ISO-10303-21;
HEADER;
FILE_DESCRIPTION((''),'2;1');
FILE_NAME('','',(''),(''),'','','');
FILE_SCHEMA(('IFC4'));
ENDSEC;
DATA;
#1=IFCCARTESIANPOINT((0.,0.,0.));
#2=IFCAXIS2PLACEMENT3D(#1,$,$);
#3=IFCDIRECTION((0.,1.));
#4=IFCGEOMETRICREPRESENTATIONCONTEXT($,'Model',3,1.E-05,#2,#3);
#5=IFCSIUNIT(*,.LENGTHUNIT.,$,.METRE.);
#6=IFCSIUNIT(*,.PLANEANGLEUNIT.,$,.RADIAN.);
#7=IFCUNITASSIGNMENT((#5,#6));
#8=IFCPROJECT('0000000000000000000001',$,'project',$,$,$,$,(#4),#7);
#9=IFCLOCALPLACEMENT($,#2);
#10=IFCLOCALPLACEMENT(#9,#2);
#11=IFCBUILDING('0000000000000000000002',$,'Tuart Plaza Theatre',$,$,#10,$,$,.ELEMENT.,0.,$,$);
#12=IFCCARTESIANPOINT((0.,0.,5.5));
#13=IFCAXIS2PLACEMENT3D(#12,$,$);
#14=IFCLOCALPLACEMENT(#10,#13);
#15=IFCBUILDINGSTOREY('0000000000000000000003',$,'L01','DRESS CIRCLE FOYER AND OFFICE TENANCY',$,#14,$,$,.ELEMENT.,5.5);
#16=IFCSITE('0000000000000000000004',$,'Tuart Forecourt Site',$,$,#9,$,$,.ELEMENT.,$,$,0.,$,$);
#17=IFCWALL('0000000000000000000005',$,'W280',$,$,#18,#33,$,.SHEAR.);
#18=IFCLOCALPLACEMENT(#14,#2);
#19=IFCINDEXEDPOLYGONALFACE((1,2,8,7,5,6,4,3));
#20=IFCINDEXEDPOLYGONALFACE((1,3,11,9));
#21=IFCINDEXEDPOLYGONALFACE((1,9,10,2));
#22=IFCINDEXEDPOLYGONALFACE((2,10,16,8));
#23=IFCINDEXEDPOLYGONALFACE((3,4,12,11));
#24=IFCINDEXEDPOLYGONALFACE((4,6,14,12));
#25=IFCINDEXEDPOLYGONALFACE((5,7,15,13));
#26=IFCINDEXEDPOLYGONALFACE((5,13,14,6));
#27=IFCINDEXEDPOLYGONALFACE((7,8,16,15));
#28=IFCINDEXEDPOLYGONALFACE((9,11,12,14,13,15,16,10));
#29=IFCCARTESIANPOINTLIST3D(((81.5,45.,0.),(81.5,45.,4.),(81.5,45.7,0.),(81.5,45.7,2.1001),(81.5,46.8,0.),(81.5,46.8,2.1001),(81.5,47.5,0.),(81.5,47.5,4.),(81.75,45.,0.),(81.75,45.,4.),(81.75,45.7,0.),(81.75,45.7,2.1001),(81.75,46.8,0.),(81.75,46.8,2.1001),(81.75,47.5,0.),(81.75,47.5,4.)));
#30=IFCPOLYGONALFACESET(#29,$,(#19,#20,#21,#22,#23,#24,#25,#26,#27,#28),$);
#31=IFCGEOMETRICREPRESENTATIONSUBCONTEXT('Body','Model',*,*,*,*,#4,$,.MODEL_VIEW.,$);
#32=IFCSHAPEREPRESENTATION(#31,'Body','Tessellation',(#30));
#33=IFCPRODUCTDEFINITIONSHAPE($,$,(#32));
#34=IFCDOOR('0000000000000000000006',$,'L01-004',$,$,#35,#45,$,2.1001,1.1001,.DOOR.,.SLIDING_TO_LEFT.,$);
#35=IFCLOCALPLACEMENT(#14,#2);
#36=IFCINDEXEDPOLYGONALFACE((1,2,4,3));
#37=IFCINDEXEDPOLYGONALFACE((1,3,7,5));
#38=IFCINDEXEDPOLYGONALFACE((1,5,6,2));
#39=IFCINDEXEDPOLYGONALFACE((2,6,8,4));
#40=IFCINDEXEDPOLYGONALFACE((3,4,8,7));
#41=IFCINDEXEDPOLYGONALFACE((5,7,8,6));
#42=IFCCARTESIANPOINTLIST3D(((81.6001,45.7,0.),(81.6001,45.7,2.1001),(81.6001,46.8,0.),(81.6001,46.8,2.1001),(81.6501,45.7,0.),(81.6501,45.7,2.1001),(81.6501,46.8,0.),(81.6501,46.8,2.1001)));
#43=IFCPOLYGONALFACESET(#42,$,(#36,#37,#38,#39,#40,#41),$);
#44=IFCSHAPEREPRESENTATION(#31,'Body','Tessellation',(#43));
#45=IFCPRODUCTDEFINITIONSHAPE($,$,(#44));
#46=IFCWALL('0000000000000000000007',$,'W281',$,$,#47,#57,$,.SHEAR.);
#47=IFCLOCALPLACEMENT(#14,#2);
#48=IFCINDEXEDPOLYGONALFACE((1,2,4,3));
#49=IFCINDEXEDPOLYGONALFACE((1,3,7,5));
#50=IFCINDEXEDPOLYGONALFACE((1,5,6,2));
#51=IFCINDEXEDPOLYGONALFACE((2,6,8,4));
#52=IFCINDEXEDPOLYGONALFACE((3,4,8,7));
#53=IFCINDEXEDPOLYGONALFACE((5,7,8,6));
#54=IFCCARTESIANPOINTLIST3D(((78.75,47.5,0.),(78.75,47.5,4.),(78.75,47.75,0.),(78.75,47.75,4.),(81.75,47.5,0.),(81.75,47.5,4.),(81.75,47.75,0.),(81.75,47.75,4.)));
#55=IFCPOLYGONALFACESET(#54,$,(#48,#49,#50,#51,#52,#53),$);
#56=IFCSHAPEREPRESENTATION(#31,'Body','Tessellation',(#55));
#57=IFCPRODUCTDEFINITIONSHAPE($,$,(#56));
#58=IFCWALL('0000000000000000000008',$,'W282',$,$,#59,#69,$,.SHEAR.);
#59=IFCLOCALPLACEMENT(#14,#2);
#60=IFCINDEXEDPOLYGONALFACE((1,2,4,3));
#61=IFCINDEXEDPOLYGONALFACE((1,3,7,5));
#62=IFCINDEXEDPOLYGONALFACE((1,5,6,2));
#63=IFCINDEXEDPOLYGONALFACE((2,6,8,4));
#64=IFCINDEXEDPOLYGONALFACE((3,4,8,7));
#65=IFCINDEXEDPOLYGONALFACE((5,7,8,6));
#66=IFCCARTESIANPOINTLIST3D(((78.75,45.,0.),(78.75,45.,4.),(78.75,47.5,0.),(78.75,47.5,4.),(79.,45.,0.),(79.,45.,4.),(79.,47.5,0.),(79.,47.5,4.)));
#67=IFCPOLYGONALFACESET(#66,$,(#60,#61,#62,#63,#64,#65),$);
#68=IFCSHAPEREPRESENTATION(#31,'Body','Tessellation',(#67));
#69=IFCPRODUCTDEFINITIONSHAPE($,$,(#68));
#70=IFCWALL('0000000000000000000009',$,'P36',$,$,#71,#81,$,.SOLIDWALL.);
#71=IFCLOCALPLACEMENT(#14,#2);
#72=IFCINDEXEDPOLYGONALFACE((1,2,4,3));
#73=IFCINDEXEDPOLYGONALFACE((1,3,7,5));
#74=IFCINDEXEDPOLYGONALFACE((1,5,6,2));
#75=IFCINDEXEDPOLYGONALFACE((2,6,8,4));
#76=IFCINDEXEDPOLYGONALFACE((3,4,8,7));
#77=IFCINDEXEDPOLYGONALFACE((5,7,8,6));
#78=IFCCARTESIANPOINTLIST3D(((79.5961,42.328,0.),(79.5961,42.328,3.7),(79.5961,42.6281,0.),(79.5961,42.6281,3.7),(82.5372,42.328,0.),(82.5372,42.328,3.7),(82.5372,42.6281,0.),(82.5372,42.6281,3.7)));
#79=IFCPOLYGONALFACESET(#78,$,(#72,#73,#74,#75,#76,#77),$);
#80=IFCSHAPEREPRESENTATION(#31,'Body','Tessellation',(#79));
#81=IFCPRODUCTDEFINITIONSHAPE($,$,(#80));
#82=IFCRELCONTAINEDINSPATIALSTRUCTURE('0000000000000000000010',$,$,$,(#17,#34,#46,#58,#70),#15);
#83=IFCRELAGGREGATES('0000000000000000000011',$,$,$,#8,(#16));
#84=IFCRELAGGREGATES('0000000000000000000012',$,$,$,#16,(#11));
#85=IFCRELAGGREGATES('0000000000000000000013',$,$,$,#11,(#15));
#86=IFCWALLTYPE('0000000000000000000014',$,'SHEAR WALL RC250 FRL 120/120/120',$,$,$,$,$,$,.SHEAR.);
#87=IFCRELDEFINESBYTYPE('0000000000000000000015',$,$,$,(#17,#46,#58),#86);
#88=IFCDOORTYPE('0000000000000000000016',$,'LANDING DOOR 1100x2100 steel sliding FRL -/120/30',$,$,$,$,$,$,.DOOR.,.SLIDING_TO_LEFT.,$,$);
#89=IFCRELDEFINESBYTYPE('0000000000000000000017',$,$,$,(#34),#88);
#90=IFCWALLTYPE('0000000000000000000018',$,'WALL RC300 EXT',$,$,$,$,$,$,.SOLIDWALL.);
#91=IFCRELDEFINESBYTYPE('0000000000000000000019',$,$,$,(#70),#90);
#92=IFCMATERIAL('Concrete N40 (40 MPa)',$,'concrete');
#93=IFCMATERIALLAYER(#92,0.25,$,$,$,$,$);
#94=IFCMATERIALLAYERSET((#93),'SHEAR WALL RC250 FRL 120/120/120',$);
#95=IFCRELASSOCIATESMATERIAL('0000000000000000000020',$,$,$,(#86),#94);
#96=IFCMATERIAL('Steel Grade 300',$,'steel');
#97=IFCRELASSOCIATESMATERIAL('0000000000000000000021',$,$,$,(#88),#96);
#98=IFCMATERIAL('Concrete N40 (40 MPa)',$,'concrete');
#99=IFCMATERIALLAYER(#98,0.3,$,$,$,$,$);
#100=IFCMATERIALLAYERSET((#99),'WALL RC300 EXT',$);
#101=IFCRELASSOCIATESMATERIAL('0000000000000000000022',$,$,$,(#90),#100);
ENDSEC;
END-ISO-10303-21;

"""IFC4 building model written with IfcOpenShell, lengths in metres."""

from ifc_helpers import new_model, si_unit, direction, frame, frame_2d, origin, place, context, subcontext, project, spatial, rectangle, extrude, material, layer, layer_set, type_object, element, fill, save


model = new_model("IFC4")

# Units and contexts
model_context = context("Model", 3, precision=1e-05, world=origin(), true_north=direction((0.0, 1.0)))
body_context = subcontext(model_context, "Body", "Model", "MODEL_VIEW")
ifc_project = project(units=[si_unit("LENGTHUNIT", "METRE"), si_unit("PLANEANGLEUNIT", "RADIAN")], contexts=[model_context])

# Site, building, storey
site_placement = place(None, origin())
site = spatial("IfcSite", under=ifc_project, at=site_placement, Name="Tuart Forecourt Site", CompositionType="ELEMENT", RefElevation=0.0)
building_placement = place(site_placement, origin())
building = spatial("IfcBuilding", under=site, at=building_placement, Name="Tuart Plaza Theatre", CompositionType="ELEMENT", ElevationOfRefHeight=0.0)
storey_placement = place(building_placement, frame((0.0, 0.0, 5.5)))
storey = spatial("IfcBuildingStorey", under=building, at=storey_placement, Name="L01", Description="DRESS CIRCLE FOYER AND OFFICE TENANCY", CompositionType="ELEMENT", Elevation=5.5)

# Shared definitions
ifc_material_1 = material(Name="Concrete N40 (40 MPa)", Category="concrete")
ifc_layer_1 = layer(ifc_material_1, 0.25)
ifc_layer_set_1 = layer_set([ifc_layer_1], Name="SHEAR WALL RC250 FRL 120/120/120")
wall_type_1 = type_object("IfcWallType", Name="SHEAR WALL RC250 FRL 120/120/120", PredefinedType="SHEAR", material=ifc_layer_set_1)

# Wall, opening, door
wall_1_placement = place(storey_placement, frame((81.625, 45.0, 0.0), z_axis=(0.0, 0.0, 1.0), x_axis=(0.0, 1.0, 0.0)))
wall_1 = element("IfcWall", 1, at=wall_1_placement, inside=storey, type_object=wall_type_1, Name="W280", PredefinedType="SHEAR", context=body_context, shape_type="SweptSolid", body=[
    extrude(rectangle(XDim=2.5, YDim=0.25, at=frame_2d((1.25, 0.0))), origin(), (0.0, 0.0, 1.0), 4.0),
])
opening_placement = place(wall_1_placement, frame((0.7, 0.0, 0.0)))
opening = element("IfcOpeningElement", 2, at=opening_placement, cuts=wall_1, PredefinedType="OPENING", context=body_context, shape_type="SweptSolid", body=[
    extrude(rectangle(XDim=1.1001, YDim=2.1001, at=frame_2d((0.55, 1.05))), frame((0.0, 0.135, 0.0), z_axis=(0.0, -1.0, 0.0), x_axis=(1.0, 0.0, 0.0)), (0.0, 0.0, 1.0), 0.27),
])
ifc_material_2 = material(Name="Steel Grade 300", Category="steel")
door_type = type_object("IfcDoorType", Name="LANDING DOOR 1100x2100 steel sliding FRL -/120/30", OperationType="SLIDING_TO_LEFT", PredefinedType="DOOR", material=ifc_material_2)
door_placement = place(opening_placement, origin())
door = element("IfcDoor", 3, at=door_placement, inside=storey, type_object=door_type, Name="L01-004", OperationType="SLIDING_TO_LEFT", OverallHeight=2.1001, OverallWidth=1.1001, PredefinedType="DOOR", context=body_context, shape_type="SweptSolid", body=[
    extrude(rectangle(XDim=1.1001, YDim=2.1001, at=frame_2d((0.55, 1.05))), frame((0.0, 0.0249, 0.0), z_axis=(0.0, -1.0, 0.0), x_axis=(1.0, 0.0, 0.0)), (0.0, 0.0, 1.0), 0.05),
])
fill(opening, door)

# Walls
wall_2_placement = place(storey_placement, frame((81.75, 47.625, 0.0), z_axis=(0.0, 0.0, 1.0), x_axis=(-1.0, 0.0, 0.0)))
element("IfcWall", 4, at=wall_2_placement, inside=storey, type_object=wall_type_1, Name="W281", PredefinedType="SHEAR", context=body_context, shape_type="SweptSolid", body=[
    extrude(rectangle(XDim=3.0, YDim=0.25, at=frame_2d((1.5, 0.0))), origin(), (0.0, 0.0, 1.0), 4.0),
])
wall_3_placement = place(storey_placement, frame((78.875, 47.5, 0.0), z_axis=(0.0, 0.0, 1.0), x_axis=(0.0, -1.0, 0.0)))
element("IfcWall", 5, at=wall_3_placement, inside=storey, type_object=wall_type_1, Name="W282", PredefinedType="SHEAR", context=body_context, shape_type="SweptSolid", body=[
    extrude(rectangle(XDim=2.5, YDim=0.25, at=frame_2d((1.25, 0.0))), origin(), (0.0, 0.0, 1.0), 4.0),
])
ifc_material_3 = material(Name="Concrete N40 (40 MPa)", Category="concrete")
ifc_layer_2 = layer(ifc_material_3, 0.3)
ifc_layer_set_2 = layer_set([ifc_layer_2], Name="WALL RC300 EXT")
wall_type_2 = type_object("IfcWallType", Name="WALL RC300 EXT", PredefinedType="SOLIDWALL", material=ifc_layer_set_2)
wall_4_placement = place(storey_placement, frame((79.5959, 42.478, 0.0), z_axis=(0.0, 0.0, 1.0), x_axis=(1.0, 0.0, 0.0)))
element("IfcWall", 6, at=wall_4_placement, inside=storey, type_object=wall_type_2, Name="P36", PredefinedType="SOLIDWALL", context=body_context, shape_type="SweptSolid", body=[
    extrude(rectangle(XDim=2.9412, YDim=0.3, at=frame_2d((1.4707, 0.0))), origin(), (0.0, 0.0, 1.0), 3.7),
])

save(model, "model.ifc")
